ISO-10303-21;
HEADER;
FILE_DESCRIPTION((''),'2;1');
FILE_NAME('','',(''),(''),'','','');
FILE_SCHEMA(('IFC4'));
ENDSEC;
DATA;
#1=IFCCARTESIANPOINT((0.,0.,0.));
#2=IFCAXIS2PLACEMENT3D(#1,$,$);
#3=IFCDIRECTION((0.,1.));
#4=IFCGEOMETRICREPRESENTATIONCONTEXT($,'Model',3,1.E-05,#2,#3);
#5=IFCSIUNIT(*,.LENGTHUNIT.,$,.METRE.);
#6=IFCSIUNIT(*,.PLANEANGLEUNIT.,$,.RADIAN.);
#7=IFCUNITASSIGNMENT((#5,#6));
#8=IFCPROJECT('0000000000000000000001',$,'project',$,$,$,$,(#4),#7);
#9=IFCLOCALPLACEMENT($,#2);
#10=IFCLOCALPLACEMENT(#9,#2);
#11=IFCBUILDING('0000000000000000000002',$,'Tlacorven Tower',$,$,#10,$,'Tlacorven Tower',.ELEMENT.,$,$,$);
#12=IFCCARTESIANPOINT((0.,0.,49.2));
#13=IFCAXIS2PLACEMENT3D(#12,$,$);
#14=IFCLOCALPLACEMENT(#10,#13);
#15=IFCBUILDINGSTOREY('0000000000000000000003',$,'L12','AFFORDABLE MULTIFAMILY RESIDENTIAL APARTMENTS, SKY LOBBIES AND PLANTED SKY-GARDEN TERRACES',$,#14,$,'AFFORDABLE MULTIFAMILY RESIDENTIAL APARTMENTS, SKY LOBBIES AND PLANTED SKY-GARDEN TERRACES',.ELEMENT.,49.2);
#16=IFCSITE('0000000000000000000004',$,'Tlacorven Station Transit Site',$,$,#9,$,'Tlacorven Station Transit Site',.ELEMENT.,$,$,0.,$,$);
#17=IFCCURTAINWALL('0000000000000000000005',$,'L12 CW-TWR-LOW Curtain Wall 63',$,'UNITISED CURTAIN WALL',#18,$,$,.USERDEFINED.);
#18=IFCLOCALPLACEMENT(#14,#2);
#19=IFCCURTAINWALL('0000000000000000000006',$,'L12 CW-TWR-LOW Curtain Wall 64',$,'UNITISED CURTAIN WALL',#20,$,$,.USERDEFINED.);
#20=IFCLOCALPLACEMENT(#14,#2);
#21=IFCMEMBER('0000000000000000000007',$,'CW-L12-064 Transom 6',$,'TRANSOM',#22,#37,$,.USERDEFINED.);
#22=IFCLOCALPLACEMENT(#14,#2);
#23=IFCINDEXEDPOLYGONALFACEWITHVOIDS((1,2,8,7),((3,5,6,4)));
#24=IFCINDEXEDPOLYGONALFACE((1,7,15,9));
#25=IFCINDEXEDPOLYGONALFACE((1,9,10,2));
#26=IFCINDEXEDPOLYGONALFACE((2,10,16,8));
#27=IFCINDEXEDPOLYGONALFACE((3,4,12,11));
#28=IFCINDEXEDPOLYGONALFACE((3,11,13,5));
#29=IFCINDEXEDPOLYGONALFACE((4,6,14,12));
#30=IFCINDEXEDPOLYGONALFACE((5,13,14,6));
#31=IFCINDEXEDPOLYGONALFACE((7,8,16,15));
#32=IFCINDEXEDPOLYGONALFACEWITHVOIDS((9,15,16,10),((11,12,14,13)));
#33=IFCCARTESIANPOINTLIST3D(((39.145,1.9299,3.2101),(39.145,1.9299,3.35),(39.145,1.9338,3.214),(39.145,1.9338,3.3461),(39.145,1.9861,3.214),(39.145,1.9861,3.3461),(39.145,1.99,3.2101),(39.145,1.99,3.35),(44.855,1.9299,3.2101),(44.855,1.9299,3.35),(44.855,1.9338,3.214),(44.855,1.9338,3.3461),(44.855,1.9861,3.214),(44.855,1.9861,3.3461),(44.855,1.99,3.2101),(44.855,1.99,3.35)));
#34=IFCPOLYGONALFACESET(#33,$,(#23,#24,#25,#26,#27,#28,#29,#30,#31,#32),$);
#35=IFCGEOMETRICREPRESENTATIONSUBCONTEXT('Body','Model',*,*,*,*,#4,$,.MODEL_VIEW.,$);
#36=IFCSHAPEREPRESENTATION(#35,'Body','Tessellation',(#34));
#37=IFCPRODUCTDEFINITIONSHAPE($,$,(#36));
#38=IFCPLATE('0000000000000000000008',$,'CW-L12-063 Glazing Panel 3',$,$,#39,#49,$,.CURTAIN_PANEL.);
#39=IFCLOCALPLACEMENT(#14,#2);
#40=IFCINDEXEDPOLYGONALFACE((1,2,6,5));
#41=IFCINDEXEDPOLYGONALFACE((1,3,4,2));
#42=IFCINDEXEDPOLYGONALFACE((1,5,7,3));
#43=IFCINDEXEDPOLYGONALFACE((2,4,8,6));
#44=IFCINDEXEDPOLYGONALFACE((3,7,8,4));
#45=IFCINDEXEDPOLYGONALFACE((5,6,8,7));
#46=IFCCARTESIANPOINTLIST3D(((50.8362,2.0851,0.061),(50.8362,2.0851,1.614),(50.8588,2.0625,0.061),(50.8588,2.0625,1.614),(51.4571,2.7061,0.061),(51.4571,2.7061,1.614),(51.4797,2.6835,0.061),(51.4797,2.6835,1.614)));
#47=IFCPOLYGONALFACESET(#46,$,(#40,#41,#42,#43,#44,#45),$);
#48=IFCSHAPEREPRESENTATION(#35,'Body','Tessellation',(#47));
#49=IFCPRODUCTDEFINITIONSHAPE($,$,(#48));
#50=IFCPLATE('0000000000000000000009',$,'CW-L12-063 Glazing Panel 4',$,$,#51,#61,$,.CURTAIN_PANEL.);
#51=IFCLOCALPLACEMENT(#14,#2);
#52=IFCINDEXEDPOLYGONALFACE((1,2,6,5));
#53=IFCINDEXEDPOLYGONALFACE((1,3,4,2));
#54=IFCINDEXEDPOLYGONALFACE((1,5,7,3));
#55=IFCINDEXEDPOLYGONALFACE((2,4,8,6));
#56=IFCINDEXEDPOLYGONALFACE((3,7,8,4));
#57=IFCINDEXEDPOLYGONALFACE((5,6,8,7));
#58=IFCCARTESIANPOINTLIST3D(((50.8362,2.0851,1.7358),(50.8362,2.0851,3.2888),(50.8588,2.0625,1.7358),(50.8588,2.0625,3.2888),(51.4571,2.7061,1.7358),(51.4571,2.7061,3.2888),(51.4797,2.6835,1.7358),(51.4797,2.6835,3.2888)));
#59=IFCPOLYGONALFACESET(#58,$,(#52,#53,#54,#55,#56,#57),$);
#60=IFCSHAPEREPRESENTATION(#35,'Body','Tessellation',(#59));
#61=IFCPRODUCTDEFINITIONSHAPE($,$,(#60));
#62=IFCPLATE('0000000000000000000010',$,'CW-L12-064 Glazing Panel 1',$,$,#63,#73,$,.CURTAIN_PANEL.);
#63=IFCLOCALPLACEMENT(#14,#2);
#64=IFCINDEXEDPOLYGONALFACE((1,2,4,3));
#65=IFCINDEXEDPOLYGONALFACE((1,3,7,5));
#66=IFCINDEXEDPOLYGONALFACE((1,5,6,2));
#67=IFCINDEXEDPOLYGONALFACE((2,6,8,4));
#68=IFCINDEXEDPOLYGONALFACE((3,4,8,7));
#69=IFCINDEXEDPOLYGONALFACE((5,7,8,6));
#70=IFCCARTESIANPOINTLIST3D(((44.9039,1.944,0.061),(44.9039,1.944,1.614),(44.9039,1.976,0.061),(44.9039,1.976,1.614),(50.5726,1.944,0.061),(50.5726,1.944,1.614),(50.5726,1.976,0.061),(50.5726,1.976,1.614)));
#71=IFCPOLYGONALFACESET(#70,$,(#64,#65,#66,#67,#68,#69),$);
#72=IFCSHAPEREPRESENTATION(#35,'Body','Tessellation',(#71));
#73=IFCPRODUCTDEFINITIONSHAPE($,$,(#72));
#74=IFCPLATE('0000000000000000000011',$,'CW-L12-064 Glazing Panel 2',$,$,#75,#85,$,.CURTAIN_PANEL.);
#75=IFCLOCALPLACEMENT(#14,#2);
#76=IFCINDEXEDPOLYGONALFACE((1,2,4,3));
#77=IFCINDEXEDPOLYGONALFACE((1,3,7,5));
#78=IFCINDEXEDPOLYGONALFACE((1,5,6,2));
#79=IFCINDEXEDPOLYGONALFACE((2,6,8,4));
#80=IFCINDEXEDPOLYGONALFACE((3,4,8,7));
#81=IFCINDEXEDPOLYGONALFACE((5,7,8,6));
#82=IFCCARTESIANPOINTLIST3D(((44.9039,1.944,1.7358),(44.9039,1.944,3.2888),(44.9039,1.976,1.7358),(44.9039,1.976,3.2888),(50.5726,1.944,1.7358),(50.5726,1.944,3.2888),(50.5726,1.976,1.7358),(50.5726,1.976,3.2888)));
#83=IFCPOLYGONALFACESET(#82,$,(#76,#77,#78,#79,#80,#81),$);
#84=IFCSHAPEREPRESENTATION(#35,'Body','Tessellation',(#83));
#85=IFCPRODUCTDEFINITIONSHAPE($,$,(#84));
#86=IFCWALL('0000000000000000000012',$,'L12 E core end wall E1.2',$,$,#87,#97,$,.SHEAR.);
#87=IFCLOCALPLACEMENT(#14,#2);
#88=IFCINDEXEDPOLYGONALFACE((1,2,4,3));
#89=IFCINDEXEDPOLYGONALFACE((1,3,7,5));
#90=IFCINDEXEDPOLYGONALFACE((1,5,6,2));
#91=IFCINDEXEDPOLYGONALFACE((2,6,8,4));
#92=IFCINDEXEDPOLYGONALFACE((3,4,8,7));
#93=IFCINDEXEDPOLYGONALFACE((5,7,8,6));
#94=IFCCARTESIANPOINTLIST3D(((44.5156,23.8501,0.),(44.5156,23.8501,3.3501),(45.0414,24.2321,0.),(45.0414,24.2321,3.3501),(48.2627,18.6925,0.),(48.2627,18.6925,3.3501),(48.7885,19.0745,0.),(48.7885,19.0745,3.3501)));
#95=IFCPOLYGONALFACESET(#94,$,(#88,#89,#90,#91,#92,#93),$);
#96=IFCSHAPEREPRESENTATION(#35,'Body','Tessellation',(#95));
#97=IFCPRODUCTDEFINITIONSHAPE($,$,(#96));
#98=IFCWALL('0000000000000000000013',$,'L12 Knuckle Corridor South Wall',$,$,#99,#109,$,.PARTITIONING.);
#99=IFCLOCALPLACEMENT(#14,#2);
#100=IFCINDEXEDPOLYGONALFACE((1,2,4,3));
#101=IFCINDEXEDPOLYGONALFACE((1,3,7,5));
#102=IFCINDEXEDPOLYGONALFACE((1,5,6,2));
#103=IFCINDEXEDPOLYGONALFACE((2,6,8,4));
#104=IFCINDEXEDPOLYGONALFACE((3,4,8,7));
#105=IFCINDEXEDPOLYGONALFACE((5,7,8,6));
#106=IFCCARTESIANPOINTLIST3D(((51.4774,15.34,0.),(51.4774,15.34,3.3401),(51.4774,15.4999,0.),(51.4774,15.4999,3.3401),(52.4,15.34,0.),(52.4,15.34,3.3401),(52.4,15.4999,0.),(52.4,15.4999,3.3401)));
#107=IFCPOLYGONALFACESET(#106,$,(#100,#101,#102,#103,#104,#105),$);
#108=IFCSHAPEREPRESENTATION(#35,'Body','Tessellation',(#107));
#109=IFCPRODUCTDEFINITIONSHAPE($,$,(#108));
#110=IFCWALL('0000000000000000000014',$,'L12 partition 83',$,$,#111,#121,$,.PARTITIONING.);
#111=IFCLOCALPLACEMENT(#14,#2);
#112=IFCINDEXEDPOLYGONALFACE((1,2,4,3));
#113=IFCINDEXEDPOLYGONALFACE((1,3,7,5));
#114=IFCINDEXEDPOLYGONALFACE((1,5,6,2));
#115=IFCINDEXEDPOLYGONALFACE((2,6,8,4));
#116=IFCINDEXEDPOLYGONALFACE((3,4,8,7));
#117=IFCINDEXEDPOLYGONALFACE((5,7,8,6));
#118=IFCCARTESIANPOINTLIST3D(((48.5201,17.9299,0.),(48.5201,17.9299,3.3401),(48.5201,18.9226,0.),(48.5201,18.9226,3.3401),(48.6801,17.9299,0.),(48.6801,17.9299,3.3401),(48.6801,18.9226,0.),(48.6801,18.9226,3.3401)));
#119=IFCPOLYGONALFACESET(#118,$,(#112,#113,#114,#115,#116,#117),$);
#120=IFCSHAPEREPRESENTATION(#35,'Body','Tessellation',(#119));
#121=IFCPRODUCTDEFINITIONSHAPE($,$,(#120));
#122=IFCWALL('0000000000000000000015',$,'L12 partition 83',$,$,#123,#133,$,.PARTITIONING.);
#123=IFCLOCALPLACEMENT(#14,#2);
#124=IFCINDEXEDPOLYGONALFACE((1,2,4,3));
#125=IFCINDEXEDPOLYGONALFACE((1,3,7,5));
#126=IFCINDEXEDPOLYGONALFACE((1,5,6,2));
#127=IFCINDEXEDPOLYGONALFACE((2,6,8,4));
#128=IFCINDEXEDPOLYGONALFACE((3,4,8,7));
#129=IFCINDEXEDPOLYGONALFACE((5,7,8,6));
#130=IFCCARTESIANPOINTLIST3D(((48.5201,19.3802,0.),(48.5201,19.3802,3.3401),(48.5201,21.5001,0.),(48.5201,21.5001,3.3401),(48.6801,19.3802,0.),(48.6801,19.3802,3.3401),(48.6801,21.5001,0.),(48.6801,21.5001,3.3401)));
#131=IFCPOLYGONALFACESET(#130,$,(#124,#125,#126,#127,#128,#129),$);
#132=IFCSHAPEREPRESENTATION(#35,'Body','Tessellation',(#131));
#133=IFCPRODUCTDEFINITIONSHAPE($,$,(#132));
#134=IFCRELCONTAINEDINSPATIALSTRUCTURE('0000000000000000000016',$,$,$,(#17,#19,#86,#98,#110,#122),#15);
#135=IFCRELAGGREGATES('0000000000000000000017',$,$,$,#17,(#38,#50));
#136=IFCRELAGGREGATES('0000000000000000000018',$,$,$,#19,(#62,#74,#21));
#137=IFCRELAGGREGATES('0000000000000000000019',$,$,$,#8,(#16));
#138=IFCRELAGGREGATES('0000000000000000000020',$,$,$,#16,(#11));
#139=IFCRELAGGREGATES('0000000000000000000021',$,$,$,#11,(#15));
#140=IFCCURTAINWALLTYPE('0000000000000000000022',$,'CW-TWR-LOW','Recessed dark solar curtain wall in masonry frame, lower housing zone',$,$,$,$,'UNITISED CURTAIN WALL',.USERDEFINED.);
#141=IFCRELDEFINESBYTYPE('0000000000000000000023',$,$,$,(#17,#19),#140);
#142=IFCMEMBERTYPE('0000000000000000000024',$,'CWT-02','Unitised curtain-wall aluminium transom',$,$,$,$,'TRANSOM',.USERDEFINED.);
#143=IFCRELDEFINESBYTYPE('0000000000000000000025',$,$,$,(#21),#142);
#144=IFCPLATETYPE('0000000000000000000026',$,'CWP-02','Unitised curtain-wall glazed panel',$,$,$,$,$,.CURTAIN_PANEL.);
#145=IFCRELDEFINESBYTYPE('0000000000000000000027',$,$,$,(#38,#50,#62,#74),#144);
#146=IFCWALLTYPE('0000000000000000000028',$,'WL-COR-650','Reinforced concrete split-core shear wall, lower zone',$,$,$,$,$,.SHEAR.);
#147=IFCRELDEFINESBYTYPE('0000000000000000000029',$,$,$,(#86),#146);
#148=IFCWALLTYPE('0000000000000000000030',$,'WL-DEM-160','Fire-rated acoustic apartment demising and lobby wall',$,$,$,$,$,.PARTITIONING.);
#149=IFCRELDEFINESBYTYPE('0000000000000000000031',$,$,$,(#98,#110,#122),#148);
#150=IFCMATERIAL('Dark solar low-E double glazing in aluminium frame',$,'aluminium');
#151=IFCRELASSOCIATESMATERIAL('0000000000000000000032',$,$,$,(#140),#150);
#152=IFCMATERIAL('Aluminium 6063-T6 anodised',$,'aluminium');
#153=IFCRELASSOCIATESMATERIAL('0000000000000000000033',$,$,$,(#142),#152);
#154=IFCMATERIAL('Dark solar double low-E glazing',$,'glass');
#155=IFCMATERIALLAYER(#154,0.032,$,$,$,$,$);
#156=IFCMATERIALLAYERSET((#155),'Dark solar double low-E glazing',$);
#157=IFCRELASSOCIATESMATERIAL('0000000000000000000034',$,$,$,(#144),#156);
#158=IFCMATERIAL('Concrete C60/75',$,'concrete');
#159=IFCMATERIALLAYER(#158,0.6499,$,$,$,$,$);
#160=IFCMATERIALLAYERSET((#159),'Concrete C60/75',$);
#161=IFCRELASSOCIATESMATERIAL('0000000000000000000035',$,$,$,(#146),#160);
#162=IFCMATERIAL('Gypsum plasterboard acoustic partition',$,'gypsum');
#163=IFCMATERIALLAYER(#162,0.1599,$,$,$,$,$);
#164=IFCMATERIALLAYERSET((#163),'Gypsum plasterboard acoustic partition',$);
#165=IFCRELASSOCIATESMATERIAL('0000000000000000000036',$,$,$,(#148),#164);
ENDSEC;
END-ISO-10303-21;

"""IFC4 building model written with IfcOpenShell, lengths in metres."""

from ifc_helpers import new_model, si_unit, direction, frame, frame_2d, origin, origin_2d, place, context, subcontext, project, spatial, rectangle, hollow_rectangle, extrude, source, transform, mapped, material, layer, layer_set, material_profile, profile_set, type_object, element, aggregate, save


model = new_model("IFC4")

# Units and contexts
model_context = context("Model", 3, precision=1e-05, world=origin(), true_north=direction((0.0, 1.0)))
body_context = subcontext(model_context, "Body", "Model", "MODEL_VIEW")
ifc_project = project(units=[si_unit("LENGTHUNIT", "METRE"), si_unit("PLANEANGLEUNIT", "RADIAN")], contexts=[model_context])

# Site, building, storey
site_placement = place(None, origin())
site = spatial("IfcSite", under=ifc_project, at=site_placement, Name="Tlacorven Station Transit Site", LongName="Tlacorven Station Transit Site", CompositionType="ELEMENT", RefElevation=0.0)
building_placement = place(site_placement, origin())
building = spatial("IfcBuilding", under=site, at=building_placement, Name="Tlacorven Tower", LongName="Tlacorven Tower", CompositionType="ELEMENT")
storey_placement = place(building_placement, frame((0.0, 0.0, 49.2)))
storey = spatial("IfcBuildingStorey", under=building, at=storey_placement, Name="L12", Description="AFFORDABLE MULTIFAMILY RESIDENTIAL APARTMENTS, SKY LOBBIES AND PLANTED SKY-GARDEN TERRACES", LongName="AFFORDABLE MULTIFAMILY RESIDENTIAL APARTMENTS, SKY LOBBIES AND PLANTED SKY-GARDEN TERRACES", CompositionType="ELEMENT", Elevation=49.2)

# Shared definitions
ifc_material_1 = material(Name="Concrete C60/75", Category="concrete")

# Curtain wall
ifc_material_2 = material(Name="Dark solar low-E double glazing in aluminium frame", Category="aluminium")
curtain_wall_type = type_object("IfcCurtainWallType", Name="CW-TWR-LOW", Description="Recessed dark solar curtain wall in masonry frame, lower housing zone", ElementType="UNITISED CURTAIN WALL", PredefinedType="USERDEFINED", material=ifc_material_2)
curtain_wall_1_placement = place(storey_placement, origin())
curtain_wall_1 = element("IfcCurtainWall", 1, at=curtain_wall_1_placement, inside=storey, type_object=curtain_wall_type, Name="L12 CW-TWR-LOW Curtain Wall 63", ObjectType="UNITISED CURTAIN WALL", PredefinedType="USERDEFINED")
ifc_material_3 = material(Name="Aluminium 6063-T6 anodised", Category="aluminium")

# Curtain wall
curtain_wall_2_placement = place(storey_placement, origin())
curtain_wall_2 = element("IfcCurtainWall", 2, at=curtain_wall_2_placement, inside=storey, type_object=curtain_wall_type, Name="L12 CW-TWR-LOW Curtain Wall 64", ObjectType="UNITISED CURTAIN WALL", PredefinedType="USERDEFINED")

# Member
ifc_material_profile_1 = material_profile(ifc_material_3, hollow_rectangle(XDim=0.0601, YDim=0.1399, WallThickness=0.0039, at=origin_2d()), Name="ALU TRANSOM 60X140")
ifc_profile_set_1 = profile_set([ifc_material_profile_1], Name="Aluminium 6063-T6 anodised")
member_type_1 = type_object("IfcMemberType", Name="CWT-02", Description="Unitised curtain-wall aluminium transom", ElementType="TRANSOM", PredefinedType="USERDEFINED", material=ifc_profile_set_1)
shared_shape_1 = source(origin(), body_context, "Body", "SweptSolid", [
    extrude(hollow_rectangle(XDim=0.0601, YDim=0.1399, WallThickness=0.0039, at=origin_2d()), origin(), (0.0, 0.0, 1.0), 5.71),
])
member_1_placement = place(storey_placement, frame((44.855, 1.96, 3.28), z_axis=(-1.0, 0.0, 0.0), x_axis=(0.0, -1.0, 0.0)))
member_1 = element("IfcMember", 3, at=member_1_placement, type_object=member_type_1, Name="CW-L12-064 Transom 6", ObjectType="TRANSOM", PredefinedType="USERDEFINED", context=body_context, shape_type="MappedRepresentation", body=[
    mapped(shared_shape_1, transform((0.0, 0.0, 0.0), scale=1.0)),
])

# Plates
ifc_material_4 = material(Name="Dark solar double low-E glazing", Category="glass")
ifc_layer_1 = layer(ifc_material_4, 0.032)
ifc_layer_set_1 = layer_set([ifc_layer_1], Name="Dark solar double low-E glazing")
plate_type = type_object("IfcPlateType", Name="CWP-02", Description="Unitised curtain-wall glazed panel", PredefinedType="CURTAIN_PANEL", material=ifc_layer_set_1)
shared_shape_2 = source(origin(), body_context, "Body", "SweptSolid", [
    extrude(rectangle(XDim=0.8782, YDim=0.032, at=origin_2d()), origin(), (0.0, 0.0, 1.0), 1.553),
])
plate_1_placement = place(storey_placement, frame((51.158, 2.3843, 0.061), z_axis=(0.0, 0.0, 1.0), x_axis=(-0.707107, -0.707107, 0.0)))
plate_1 = element("IfcPlate", 4, at=plate_1_placement, type_object=plate_type, Name="CW-L12-063 Glazing Panel 3", PredefinedType="CURTAIN_PANEL", context=body_context, shape_type="MappedRepresentation", body=[
    mapped(shared_shape_2, transform((0.0, 0.0, 0.0), scale=1.0)),
])
plate_2_placement = place(storey_placement, frame((51.158, 2.3843, 1.7358), z_axis=(0.0, 0.0, 1.0), x_axis=(-0.707107, -0.707107, 0.0)))
plate_2 = element("IfcPlate", 5, at=plate_2_placement, type_object=plate_type, Name="CW-L12-063 Glazing Panel 4", PredefinedType="CURTAIN_PANEL", context=body_context, shape_type="MappedRepresentation", body=[
    mapped(shared_shape_2, transform((0.0, 0.0, 0.0), scale=1.0)),
])
aggregate(curtain_wall_1, [plate_1, plate_2])
shared_shape_3 = source(origin(), body_context, "Body", "SweptSolid", [
    extrude(rectangle(XDim=5.6687, YDim=0.032, at=origin_2d()), origin(), (0.0, 0.0, 1.0), 1.553),
])
plate_3_placement = place(storey_placement, frame((47.7383, 1.96, 0.061), z_axis=(0.0, 0.0, 1.0), x_axis=(-1.0, 0.0, 0.0)))
plate_3 = element("IfcPlate", 6, at=plate_3_placement, type_object=plate_type, Name="CW-L12-064 Glazing Panel 1", PredefinedType="CURTAIN_PANEL", context=body_context, shape_type="MappedRepresentation", body=[
    mapped(shared_shape_3, transform((0.0, 0.0, 0.0), scale=1.0)),
])
plate_4_placement = place(storey_placement, frame((47.7383, 1.96, 1.7358), z_axis=(0.0, 0.0, 1.0), x_axis=(-1.0, 0.0, 0.0)))
plate_4 = element("IfcPlate", 7, at=plate_4_placement, type_object=plate_type, Name="CW-L12-064 Glazing Panel 2", PredefinedType="CURTAIN_PANEL", context=body_context, shape_type="MappedRepresentation", body=[
    mapped(shared_shape_3, transform((0.0, 0.0, 0.0), scale=1.0)),
])
aggregate(curtain_wall_2, [plate_3, plate_4, member_1])

# Walls
ifc_layer_2 = layer(ifc_material_1, 0.6499)
ifc_layer_set_2 = layer_set([ifc_layer_2], Name="Concrete C60/75")
wall_type_1 = type_object("IfcWallType", Name="WL-COR-650", Description="Reinforced concrete split-core shear wall, lower zone", PredefinedType="SHEAR", material=ifc_layer_set_2)
wall_1_placement = place(storey_placement, frame((48.5256, 18.8835, 0.0), z_axis=(0.0, 0.0, 1.0), x_axis=(-0.58778, 0.809021, 0.0)))
element("IfcWall", 8, at=wall_1_placement, inside=storey, type_object=wall_type_1, Name="L12 E core end wall E1.2", PredefinedType="SHEAR", context=body_context, shape_type="SweptSolid", body=[
    extrude(rectangle(XDim=6.375, YDim=0.6499, at=frame_2d((3.1875, 0.0))), origin(), (0.0, 0.0, 1.0), 3.3501),
])
ifc_material_5 = material(Name="Gypsum plasterboard acoustic partition", Category="gypsum")
ifc_layer_3 = layer(ifc_material_5, 0.1599)
ifc_layer_set_3 = layer_set([ifc_layer_3], Name="Gypsum plasterboard acoustic partition")
wall_type_2 = type_object("IfcWallType", Name="WL-DEM-160", Description="Fire-rated acoustic apartment demising and lobby wall", PredefinedType="PARTITIONING", material=ifc_layer_set_3)
wall_2_placement = place(storey_placement, frame((51.4773, 15.4199, 0.0), z_axis=(0.0, 0.0, 1.0), x_axis=(1.0, 0.0, 0.0)))
element("IfcWall", 9, at=wall_2_placement, inside=storey, type_object=wall_type_2, Name="L12 Knuckle Corridor South Wall", PredefinedType="PARTITIONING", context=body_context, shape_type="SweptSolid", body=[
    extrude(rectangle(XDim=0.9226, YDim=0.1599, at=frame_2d((0.4614, 0.0))), origin(), (0.0, 0.0, 1.0), 3.3401),
])
wall_3_placement = place(storey_placement, frame((48.6001, 17.9299, 0.0), z_axis=(0.0, 0.0, 1.0), x_axis=(0.0, 1.0, 0.0)))
element("IfcWall", 10, at=wall_3_placement, inside=storey, type_object=wall_type_2, Name="L12 partition 83", PredefinedType="PARTITIONING", context=body_context, shape_type="SweptSolid", body=[
    extrude(rectangle(XDim=0.9927, YDim=0.1599, at=frame_2d((0.4963, 0.0))), origin(), (0.0, 0.0, 1.0), 3.3401),
])
wall_4_placement = place(storey_placement, frame((48.6001, 19.3801, 0.0), z_axis=(0.0, 0.0, 1.0), x_axis=(0.0, 1.0, 0.0)))
element("IfcWall", 11, at=wall_4_placement, inside=storey, type_object=wall_type_2, Name="L12 partition 83", PredefinedType="PARTITIONING", context=body_context, shape_type="SweptSolid", body=[
    extrude(rectangle(XDim=2.1199, YDim=0.1599, at=frame_2d((1.0601, 0.0))), origin(), (0.0, 0.0, 1.0), 3.3401),
])

save(model, "model.ifc")
